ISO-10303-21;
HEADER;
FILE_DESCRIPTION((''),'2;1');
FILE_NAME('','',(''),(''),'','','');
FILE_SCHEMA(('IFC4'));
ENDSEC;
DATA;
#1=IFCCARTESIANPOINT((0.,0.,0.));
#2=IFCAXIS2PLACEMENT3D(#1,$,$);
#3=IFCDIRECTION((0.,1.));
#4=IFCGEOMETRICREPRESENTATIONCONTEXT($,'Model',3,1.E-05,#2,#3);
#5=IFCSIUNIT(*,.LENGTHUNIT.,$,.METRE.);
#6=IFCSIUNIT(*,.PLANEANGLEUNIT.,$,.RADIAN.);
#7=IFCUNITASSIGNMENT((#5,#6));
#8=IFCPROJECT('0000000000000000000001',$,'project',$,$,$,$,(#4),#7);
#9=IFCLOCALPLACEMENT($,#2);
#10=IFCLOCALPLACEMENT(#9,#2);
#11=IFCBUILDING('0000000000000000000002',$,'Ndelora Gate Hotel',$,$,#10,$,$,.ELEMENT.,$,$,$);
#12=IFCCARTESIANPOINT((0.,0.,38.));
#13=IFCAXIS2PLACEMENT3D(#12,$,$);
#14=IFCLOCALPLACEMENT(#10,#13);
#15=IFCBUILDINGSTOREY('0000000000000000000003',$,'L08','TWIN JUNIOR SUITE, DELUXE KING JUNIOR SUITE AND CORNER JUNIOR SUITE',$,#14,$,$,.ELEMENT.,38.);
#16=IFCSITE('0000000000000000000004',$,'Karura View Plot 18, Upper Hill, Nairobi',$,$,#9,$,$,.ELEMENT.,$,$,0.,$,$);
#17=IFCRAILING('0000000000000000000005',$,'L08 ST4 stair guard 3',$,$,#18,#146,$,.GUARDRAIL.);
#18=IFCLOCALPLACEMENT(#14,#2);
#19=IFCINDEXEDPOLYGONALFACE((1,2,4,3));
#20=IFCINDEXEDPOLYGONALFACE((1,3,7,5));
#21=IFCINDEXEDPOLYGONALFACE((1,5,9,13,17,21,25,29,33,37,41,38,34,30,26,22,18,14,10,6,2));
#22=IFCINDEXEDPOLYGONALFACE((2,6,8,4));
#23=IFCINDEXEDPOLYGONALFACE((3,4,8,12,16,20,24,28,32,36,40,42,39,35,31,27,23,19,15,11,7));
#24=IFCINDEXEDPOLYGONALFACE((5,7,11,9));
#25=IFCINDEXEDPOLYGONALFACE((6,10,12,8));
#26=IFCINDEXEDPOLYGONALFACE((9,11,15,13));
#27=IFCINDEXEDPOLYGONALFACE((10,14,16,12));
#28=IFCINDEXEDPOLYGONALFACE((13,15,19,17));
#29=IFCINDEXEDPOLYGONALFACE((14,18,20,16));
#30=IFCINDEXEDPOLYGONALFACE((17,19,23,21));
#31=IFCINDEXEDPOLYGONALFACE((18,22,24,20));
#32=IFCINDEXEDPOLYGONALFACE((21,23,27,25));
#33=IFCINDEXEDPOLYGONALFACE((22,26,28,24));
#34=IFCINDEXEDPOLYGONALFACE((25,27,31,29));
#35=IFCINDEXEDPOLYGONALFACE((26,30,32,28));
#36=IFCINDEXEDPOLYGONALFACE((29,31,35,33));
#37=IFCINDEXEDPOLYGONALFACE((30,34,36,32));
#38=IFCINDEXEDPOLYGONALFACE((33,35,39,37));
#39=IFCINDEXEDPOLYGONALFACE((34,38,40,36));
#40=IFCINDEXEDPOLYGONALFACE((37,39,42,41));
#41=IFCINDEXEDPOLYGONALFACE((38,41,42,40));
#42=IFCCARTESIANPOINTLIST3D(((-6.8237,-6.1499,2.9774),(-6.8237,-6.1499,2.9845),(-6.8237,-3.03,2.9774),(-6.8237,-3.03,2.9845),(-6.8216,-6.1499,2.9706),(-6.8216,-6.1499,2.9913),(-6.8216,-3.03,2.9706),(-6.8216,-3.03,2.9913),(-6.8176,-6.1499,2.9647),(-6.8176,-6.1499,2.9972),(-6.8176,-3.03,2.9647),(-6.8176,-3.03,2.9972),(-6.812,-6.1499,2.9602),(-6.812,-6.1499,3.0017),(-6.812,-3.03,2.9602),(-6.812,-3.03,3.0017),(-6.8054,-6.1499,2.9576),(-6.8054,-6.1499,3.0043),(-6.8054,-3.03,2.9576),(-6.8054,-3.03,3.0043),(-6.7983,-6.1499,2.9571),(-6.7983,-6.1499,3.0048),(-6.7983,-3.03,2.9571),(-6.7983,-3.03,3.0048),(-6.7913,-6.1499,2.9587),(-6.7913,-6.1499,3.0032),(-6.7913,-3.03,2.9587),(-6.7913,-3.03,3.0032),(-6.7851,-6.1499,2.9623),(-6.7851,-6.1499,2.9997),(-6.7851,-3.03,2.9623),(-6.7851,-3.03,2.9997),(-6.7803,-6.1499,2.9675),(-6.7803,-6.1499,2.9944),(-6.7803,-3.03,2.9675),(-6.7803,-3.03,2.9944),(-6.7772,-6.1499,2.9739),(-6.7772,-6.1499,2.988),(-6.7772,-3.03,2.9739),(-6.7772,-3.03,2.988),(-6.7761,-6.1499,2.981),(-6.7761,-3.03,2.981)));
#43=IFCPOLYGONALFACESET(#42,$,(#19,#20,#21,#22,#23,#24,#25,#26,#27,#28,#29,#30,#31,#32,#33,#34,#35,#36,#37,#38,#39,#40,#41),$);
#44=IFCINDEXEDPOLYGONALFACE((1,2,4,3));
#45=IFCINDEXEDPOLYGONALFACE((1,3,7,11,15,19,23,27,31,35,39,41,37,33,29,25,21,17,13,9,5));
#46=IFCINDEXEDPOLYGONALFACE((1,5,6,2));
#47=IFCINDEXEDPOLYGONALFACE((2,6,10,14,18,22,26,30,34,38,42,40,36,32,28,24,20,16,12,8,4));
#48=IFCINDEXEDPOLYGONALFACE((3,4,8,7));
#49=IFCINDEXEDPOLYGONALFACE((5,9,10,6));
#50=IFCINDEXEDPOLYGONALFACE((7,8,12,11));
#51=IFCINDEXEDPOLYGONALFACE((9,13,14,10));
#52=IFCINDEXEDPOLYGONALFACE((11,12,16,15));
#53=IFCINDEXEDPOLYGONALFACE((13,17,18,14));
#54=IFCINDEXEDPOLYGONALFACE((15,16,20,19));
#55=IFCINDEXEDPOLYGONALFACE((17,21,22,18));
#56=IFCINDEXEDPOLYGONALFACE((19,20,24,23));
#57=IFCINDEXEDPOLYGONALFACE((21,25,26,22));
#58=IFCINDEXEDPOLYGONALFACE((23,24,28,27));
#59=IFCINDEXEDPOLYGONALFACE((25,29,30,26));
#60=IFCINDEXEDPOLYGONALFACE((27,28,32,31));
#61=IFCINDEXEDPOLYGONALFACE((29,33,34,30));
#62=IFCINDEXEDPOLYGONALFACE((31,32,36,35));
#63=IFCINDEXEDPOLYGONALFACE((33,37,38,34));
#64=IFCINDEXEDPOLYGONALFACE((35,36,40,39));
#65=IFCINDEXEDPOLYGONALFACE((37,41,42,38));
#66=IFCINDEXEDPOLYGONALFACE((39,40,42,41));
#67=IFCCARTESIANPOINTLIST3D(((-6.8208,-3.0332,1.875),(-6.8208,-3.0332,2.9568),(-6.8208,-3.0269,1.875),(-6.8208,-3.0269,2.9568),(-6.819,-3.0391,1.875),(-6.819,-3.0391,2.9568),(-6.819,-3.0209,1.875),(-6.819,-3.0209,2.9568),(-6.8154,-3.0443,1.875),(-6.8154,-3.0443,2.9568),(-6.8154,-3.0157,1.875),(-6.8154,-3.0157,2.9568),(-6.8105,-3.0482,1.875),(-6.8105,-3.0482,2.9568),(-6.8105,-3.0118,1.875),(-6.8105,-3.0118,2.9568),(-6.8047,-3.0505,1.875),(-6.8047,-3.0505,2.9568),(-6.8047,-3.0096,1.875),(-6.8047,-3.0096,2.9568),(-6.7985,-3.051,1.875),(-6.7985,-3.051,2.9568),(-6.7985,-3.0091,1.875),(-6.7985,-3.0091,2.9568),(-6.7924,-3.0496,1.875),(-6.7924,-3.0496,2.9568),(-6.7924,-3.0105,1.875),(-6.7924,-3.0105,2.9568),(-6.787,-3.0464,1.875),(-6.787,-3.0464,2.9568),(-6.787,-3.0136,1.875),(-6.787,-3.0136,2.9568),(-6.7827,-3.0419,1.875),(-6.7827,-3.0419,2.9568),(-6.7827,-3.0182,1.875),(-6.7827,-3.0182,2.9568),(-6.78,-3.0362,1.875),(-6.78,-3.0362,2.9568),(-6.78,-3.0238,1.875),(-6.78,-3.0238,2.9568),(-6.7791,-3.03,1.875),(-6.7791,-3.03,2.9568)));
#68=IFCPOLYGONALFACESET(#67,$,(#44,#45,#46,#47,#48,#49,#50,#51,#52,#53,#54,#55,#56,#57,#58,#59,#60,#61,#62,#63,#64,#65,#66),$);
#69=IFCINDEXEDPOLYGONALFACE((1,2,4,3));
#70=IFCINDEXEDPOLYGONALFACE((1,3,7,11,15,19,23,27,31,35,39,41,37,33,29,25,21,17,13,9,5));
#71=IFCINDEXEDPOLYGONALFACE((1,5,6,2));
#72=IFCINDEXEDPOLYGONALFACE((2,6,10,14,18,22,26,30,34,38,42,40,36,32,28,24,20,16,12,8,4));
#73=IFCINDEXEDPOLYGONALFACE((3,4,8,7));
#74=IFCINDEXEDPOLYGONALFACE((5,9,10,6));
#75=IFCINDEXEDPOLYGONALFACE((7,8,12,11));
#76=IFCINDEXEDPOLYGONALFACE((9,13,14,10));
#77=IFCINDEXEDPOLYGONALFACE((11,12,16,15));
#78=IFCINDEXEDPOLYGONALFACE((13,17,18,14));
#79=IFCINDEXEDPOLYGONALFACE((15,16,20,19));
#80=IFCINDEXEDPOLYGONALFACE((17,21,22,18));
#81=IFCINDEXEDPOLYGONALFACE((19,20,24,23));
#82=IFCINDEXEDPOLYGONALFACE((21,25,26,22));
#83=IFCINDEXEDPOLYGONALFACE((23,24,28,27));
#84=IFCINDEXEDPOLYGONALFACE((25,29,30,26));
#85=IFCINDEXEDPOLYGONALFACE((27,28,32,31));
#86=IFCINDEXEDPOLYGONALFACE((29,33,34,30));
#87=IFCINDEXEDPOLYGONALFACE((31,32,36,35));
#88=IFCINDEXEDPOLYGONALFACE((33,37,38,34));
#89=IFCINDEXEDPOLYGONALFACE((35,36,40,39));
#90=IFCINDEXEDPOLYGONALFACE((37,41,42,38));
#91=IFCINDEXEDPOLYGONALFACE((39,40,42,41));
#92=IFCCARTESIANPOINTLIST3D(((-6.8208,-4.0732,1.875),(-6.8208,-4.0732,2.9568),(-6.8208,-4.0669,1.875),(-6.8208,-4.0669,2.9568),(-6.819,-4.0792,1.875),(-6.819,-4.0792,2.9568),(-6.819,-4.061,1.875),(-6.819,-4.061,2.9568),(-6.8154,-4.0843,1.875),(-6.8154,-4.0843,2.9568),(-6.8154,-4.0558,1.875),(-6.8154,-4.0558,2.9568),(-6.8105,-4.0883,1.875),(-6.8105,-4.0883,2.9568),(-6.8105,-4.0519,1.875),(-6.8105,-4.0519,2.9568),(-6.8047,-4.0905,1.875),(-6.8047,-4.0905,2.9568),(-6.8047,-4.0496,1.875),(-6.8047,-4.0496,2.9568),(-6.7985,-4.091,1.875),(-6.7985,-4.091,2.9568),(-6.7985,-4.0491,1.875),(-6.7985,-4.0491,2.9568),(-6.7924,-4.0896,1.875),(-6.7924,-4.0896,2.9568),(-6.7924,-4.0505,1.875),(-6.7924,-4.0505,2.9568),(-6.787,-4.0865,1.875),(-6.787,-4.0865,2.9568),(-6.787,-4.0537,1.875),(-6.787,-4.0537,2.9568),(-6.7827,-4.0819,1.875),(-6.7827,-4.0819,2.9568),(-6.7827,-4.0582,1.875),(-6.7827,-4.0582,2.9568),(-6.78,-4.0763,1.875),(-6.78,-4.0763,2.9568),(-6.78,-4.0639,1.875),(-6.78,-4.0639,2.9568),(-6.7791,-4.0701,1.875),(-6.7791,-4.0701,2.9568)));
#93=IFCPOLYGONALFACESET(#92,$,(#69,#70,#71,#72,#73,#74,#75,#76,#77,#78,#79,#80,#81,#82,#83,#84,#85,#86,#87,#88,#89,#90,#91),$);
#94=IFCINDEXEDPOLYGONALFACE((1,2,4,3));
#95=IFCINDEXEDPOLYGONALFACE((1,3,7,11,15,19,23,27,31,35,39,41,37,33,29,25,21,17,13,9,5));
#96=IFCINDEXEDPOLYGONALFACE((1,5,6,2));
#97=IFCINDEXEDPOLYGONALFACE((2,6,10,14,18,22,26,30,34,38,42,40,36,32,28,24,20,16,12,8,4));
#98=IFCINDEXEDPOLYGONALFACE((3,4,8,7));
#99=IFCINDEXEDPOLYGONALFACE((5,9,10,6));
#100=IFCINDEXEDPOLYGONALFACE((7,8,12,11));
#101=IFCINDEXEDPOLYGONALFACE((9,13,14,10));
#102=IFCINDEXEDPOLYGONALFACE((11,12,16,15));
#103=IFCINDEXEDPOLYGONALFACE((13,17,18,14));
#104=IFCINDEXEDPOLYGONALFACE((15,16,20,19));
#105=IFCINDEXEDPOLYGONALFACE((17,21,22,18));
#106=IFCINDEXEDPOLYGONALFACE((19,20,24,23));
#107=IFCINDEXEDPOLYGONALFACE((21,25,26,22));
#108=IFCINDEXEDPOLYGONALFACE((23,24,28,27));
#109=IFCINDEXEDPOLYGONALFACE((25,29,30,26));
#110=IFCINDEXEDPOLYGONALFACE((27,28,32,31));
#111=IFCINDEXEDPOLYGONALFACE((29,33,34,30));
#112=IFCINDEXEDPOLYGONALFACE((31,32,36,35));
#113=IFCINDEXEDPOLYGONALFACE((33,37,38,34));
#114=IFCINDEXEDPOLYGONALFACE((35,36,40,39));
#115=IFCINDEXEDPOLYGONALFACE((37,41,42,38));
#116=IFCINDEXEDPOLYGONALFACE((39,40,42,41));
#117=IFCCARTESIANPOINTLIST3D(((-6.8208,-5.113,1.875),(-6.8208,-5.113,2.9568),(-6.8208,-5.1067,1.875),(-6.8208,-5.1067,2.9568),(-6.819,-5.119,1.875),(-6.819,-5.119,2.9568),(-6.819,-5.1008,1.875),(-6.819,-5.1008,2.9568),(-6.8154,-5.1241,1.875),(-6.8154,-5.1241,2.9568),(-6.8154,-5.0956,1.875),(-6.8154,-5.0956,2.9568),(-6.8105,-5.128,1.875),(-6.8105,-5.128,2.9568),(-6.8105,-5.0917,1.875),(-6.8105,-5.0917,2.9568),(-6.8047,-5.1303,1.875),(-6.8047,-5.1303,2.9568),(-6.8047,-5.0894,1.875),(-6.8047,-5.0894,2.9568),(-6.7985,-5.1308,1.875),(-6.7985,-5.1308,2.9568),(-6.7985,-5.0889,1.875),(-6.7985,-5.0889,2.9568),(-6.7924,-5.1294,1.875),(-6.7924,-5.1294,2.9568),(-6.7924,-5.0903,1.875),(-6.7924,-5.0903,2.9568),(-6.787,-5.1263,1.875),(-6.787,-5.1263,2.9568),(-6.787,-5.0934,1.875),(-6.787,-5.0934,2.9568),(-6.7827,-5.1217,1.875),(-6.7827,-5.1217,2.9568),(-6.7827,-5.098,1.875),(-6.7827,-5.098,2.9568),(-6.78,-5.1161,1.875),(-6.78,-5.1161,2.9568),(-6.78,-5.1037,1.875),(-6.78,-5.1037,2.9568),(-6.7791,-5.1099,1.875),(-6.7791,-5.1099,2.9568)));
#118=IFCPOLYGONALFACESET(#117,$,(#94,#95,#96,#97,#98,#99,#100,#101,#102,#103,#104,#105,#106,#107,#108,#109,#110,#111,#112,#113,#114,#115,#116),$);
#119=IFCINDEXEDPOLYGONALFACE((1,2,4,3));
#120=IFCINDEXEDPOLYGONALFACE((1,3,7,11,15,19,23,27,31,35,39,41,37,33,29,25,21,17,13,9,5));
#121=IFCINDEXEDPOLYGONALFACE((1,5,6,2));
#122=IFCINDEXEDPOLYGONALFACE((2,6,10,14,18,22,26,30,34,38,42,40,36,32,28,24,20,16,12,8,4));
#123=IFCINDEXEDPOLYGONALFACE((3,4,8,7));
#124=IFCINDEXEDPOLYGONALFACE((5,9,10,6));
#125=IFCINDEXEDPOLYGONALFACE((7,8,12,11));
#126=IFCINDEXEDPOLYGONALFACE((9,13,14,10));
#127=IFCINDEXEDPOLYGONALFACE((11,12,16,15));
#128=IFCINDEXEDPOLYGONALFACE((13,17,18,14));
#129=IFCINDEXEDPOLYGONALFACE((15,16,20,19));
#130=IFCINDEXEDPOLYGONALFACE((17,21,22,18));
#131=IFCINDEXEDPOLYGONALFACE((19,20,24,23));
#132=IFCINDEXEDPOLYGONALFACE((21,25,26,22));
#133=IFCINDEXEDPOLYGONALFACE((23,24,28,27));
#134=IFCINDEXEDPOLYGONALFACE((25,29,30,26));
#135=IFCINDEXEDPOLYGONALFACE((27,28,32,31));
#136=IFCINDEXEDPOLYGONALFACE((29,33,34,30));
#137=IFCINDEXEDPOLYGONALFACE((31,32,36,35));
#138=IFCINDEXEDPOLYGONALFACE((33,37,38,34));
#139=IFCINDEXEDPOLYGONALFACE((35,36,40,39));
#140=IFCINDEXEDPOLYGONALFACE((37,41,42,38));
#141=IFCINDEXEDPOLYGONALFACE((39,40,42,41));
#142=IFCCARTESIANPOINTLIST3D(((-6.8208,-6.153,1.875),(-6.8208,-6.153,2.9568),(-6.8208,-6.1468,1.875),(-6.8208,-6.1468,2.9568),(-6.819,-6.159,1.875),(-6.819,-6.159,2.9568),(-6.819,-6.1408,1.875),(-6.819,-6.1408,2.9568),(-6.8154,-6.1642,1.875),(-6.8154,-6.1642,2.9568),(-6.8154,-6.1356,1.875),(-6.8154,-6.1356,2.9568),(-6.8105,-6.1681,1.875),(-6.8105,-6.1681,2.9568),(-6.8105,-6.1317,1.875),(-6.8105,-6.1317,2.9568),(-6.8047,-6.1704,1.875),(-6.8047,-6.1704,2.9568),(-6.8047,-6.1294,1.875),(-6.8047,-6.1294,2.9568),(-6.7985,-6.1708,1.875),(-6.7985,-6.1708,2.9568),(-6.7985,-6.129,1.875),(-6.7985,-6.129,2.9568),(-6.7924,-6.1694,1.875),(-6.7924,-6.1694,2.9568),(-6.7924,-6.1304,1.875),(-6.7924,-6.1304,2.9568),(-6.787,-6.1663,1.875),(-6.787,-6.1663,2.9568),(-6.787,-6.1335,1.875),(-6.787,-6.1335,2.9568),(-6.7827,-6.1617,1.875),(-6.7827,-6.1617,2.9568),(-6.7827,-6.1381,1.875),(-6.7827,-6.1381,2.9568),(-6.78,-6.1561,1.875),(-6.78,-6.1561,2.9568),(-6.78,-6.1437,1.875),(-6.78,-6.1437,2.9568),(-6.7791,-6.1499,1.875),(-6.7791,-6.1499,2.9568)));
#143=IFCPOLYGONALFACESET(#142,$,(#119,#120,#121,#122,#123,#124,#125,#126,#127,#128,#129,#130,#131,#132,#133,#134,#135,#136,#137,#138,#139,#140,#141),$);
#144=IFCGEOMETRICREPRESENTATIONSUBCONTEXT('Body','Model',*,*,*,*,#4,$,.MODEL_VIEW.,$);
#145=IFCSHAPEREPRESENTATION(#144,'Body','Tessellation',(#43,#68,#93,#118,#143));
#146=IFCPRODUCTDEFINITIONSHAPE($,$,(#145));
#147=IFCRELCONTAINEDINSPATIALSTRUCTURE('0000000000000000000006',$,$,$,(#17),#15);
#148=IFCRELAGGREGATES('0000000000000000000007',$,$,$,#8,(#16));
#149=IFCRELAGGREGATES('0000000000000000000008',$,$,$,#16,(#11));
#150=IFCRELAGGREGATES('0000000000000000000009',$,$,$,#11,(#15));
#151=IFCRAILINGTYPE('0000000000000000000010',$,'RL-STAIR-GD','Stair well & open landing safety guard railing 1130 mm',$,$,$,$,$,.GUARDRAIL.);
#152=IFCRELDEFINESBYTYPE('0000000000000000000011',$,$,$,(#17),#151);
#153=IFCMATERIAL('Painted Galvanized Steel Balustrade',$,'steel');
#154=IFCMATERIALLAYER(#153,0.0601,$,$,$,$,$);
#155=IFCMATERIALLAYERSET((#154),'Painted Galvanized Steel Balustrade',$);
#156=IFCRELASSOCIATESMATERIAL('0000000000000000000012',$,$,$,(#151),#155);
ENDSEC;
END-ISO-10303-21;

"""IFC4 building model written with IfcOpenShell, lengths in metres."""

from ifc_helpers import new_model, si_unit, direction, frame, origin, origin_2d, place, context, subcontext, project, spatial, circle, extrude, material, layer, layer_set, type_object, element, save


model = new_model("IFC4")

# Units and contexts
model_context = context("Model", 3, precision=1e-05, world=origin(), true_north=direction((0.0, 1.0)))
body_context = subcontext(model_context, "Body", "Model", "MODEL_VIEW")
ifc_project = project(units=[si_unit("LENGTHUNIT", "METRE"), si_unit("PLANEANGLEUNIT", "RADIAN")], contexts=[model_context])

# Site, building, storey
site_placement = place(None, origin())
site = spatial("IfcSite", under=ifc_project, at=site_placement, Name="Karura View Plot 18, Upper Hill, Nairobi", CompositionType="ELEMENT", RefElevation=0.0)
building_placement = place(site_placement, origin())
building = spatial("IfcBuilding", under=site, at=building_placement, Name="Ndelora Gate Hotel", CompositionType="ELEMENT")
storey_placement = place(building_placement, frame((0.0, 0.0, 38.0)))
storey = spatial("IfcBuildingStorey", under=building, at=storey_placement, Name="L08", Description="TWIN JUNIOR SUITE, DELUXE KING JUNIOR SUITE AND CORNER JUNIOR SUITE", CompositionType="ELEMENT", Elevation=38.0)

# Railing
ifc_material_1 = material(Name="Painted Galvanized Steel Balustrade", Category="steel")
ifc_layer_1 = layer(ifc_material_1, 0.0601)
ifc_layer_set_1 = layer_set([ifc_layer_1], Name="Painted Galvanized Steel Balustrade")
railing_type_1 = type_object("IfcRailingType", Name="RL-STAIR-GD", Description="Stair well & open landing safety guard railing 1130 mm", PredefinedType="GUARDRAIL", material=ifc_layer_set_1)
for number, where, name in (
    (1, (-6.8, -3.03, 1.875), "L08 ST4 stair guard 3"),
):
    element("IfcRailing", number, at=place(storey_placement, frame(where)), inside=storey, type_object=railing_type_1, Name=name, PredefinedType="GUARDRAIL", context=body_context, shape_type="SweptSolid", body=[
        extrude(circle(Radius=0.0239, at=origin_2d()), frame((0.0, 0.0, 1.106), z_axis=(0.0, -1.0, 0.0), x_axis=(1.0, 0.0, 0.0)), (0.0, 0.0, 1.0), 3.1199),
        extrude(circle(Radius=0.021, at=origin_2d()), origin(), (0.0, 0.0, 1.0), 1.0818),
        extrude(circle(Radius=0.021, at=origin_2d()), frame((0.0, -1.04, 0.0)), (0.0, 0.0, 1.0), 1.0818),
        extrude(circle(Radius=0.021, at=origin_2d()), frame((0.0, -2.0798, 0.0)), (0.0, 0.0, 1.0), 1.0818),
        extrude(circle(Radius=0.021, at=origin_2d()), frame((0.0, -3.1199, 0.0)), (0.0, 0.0, 1.0), 1.0818),
    ])

save(model, "model.ifc")
